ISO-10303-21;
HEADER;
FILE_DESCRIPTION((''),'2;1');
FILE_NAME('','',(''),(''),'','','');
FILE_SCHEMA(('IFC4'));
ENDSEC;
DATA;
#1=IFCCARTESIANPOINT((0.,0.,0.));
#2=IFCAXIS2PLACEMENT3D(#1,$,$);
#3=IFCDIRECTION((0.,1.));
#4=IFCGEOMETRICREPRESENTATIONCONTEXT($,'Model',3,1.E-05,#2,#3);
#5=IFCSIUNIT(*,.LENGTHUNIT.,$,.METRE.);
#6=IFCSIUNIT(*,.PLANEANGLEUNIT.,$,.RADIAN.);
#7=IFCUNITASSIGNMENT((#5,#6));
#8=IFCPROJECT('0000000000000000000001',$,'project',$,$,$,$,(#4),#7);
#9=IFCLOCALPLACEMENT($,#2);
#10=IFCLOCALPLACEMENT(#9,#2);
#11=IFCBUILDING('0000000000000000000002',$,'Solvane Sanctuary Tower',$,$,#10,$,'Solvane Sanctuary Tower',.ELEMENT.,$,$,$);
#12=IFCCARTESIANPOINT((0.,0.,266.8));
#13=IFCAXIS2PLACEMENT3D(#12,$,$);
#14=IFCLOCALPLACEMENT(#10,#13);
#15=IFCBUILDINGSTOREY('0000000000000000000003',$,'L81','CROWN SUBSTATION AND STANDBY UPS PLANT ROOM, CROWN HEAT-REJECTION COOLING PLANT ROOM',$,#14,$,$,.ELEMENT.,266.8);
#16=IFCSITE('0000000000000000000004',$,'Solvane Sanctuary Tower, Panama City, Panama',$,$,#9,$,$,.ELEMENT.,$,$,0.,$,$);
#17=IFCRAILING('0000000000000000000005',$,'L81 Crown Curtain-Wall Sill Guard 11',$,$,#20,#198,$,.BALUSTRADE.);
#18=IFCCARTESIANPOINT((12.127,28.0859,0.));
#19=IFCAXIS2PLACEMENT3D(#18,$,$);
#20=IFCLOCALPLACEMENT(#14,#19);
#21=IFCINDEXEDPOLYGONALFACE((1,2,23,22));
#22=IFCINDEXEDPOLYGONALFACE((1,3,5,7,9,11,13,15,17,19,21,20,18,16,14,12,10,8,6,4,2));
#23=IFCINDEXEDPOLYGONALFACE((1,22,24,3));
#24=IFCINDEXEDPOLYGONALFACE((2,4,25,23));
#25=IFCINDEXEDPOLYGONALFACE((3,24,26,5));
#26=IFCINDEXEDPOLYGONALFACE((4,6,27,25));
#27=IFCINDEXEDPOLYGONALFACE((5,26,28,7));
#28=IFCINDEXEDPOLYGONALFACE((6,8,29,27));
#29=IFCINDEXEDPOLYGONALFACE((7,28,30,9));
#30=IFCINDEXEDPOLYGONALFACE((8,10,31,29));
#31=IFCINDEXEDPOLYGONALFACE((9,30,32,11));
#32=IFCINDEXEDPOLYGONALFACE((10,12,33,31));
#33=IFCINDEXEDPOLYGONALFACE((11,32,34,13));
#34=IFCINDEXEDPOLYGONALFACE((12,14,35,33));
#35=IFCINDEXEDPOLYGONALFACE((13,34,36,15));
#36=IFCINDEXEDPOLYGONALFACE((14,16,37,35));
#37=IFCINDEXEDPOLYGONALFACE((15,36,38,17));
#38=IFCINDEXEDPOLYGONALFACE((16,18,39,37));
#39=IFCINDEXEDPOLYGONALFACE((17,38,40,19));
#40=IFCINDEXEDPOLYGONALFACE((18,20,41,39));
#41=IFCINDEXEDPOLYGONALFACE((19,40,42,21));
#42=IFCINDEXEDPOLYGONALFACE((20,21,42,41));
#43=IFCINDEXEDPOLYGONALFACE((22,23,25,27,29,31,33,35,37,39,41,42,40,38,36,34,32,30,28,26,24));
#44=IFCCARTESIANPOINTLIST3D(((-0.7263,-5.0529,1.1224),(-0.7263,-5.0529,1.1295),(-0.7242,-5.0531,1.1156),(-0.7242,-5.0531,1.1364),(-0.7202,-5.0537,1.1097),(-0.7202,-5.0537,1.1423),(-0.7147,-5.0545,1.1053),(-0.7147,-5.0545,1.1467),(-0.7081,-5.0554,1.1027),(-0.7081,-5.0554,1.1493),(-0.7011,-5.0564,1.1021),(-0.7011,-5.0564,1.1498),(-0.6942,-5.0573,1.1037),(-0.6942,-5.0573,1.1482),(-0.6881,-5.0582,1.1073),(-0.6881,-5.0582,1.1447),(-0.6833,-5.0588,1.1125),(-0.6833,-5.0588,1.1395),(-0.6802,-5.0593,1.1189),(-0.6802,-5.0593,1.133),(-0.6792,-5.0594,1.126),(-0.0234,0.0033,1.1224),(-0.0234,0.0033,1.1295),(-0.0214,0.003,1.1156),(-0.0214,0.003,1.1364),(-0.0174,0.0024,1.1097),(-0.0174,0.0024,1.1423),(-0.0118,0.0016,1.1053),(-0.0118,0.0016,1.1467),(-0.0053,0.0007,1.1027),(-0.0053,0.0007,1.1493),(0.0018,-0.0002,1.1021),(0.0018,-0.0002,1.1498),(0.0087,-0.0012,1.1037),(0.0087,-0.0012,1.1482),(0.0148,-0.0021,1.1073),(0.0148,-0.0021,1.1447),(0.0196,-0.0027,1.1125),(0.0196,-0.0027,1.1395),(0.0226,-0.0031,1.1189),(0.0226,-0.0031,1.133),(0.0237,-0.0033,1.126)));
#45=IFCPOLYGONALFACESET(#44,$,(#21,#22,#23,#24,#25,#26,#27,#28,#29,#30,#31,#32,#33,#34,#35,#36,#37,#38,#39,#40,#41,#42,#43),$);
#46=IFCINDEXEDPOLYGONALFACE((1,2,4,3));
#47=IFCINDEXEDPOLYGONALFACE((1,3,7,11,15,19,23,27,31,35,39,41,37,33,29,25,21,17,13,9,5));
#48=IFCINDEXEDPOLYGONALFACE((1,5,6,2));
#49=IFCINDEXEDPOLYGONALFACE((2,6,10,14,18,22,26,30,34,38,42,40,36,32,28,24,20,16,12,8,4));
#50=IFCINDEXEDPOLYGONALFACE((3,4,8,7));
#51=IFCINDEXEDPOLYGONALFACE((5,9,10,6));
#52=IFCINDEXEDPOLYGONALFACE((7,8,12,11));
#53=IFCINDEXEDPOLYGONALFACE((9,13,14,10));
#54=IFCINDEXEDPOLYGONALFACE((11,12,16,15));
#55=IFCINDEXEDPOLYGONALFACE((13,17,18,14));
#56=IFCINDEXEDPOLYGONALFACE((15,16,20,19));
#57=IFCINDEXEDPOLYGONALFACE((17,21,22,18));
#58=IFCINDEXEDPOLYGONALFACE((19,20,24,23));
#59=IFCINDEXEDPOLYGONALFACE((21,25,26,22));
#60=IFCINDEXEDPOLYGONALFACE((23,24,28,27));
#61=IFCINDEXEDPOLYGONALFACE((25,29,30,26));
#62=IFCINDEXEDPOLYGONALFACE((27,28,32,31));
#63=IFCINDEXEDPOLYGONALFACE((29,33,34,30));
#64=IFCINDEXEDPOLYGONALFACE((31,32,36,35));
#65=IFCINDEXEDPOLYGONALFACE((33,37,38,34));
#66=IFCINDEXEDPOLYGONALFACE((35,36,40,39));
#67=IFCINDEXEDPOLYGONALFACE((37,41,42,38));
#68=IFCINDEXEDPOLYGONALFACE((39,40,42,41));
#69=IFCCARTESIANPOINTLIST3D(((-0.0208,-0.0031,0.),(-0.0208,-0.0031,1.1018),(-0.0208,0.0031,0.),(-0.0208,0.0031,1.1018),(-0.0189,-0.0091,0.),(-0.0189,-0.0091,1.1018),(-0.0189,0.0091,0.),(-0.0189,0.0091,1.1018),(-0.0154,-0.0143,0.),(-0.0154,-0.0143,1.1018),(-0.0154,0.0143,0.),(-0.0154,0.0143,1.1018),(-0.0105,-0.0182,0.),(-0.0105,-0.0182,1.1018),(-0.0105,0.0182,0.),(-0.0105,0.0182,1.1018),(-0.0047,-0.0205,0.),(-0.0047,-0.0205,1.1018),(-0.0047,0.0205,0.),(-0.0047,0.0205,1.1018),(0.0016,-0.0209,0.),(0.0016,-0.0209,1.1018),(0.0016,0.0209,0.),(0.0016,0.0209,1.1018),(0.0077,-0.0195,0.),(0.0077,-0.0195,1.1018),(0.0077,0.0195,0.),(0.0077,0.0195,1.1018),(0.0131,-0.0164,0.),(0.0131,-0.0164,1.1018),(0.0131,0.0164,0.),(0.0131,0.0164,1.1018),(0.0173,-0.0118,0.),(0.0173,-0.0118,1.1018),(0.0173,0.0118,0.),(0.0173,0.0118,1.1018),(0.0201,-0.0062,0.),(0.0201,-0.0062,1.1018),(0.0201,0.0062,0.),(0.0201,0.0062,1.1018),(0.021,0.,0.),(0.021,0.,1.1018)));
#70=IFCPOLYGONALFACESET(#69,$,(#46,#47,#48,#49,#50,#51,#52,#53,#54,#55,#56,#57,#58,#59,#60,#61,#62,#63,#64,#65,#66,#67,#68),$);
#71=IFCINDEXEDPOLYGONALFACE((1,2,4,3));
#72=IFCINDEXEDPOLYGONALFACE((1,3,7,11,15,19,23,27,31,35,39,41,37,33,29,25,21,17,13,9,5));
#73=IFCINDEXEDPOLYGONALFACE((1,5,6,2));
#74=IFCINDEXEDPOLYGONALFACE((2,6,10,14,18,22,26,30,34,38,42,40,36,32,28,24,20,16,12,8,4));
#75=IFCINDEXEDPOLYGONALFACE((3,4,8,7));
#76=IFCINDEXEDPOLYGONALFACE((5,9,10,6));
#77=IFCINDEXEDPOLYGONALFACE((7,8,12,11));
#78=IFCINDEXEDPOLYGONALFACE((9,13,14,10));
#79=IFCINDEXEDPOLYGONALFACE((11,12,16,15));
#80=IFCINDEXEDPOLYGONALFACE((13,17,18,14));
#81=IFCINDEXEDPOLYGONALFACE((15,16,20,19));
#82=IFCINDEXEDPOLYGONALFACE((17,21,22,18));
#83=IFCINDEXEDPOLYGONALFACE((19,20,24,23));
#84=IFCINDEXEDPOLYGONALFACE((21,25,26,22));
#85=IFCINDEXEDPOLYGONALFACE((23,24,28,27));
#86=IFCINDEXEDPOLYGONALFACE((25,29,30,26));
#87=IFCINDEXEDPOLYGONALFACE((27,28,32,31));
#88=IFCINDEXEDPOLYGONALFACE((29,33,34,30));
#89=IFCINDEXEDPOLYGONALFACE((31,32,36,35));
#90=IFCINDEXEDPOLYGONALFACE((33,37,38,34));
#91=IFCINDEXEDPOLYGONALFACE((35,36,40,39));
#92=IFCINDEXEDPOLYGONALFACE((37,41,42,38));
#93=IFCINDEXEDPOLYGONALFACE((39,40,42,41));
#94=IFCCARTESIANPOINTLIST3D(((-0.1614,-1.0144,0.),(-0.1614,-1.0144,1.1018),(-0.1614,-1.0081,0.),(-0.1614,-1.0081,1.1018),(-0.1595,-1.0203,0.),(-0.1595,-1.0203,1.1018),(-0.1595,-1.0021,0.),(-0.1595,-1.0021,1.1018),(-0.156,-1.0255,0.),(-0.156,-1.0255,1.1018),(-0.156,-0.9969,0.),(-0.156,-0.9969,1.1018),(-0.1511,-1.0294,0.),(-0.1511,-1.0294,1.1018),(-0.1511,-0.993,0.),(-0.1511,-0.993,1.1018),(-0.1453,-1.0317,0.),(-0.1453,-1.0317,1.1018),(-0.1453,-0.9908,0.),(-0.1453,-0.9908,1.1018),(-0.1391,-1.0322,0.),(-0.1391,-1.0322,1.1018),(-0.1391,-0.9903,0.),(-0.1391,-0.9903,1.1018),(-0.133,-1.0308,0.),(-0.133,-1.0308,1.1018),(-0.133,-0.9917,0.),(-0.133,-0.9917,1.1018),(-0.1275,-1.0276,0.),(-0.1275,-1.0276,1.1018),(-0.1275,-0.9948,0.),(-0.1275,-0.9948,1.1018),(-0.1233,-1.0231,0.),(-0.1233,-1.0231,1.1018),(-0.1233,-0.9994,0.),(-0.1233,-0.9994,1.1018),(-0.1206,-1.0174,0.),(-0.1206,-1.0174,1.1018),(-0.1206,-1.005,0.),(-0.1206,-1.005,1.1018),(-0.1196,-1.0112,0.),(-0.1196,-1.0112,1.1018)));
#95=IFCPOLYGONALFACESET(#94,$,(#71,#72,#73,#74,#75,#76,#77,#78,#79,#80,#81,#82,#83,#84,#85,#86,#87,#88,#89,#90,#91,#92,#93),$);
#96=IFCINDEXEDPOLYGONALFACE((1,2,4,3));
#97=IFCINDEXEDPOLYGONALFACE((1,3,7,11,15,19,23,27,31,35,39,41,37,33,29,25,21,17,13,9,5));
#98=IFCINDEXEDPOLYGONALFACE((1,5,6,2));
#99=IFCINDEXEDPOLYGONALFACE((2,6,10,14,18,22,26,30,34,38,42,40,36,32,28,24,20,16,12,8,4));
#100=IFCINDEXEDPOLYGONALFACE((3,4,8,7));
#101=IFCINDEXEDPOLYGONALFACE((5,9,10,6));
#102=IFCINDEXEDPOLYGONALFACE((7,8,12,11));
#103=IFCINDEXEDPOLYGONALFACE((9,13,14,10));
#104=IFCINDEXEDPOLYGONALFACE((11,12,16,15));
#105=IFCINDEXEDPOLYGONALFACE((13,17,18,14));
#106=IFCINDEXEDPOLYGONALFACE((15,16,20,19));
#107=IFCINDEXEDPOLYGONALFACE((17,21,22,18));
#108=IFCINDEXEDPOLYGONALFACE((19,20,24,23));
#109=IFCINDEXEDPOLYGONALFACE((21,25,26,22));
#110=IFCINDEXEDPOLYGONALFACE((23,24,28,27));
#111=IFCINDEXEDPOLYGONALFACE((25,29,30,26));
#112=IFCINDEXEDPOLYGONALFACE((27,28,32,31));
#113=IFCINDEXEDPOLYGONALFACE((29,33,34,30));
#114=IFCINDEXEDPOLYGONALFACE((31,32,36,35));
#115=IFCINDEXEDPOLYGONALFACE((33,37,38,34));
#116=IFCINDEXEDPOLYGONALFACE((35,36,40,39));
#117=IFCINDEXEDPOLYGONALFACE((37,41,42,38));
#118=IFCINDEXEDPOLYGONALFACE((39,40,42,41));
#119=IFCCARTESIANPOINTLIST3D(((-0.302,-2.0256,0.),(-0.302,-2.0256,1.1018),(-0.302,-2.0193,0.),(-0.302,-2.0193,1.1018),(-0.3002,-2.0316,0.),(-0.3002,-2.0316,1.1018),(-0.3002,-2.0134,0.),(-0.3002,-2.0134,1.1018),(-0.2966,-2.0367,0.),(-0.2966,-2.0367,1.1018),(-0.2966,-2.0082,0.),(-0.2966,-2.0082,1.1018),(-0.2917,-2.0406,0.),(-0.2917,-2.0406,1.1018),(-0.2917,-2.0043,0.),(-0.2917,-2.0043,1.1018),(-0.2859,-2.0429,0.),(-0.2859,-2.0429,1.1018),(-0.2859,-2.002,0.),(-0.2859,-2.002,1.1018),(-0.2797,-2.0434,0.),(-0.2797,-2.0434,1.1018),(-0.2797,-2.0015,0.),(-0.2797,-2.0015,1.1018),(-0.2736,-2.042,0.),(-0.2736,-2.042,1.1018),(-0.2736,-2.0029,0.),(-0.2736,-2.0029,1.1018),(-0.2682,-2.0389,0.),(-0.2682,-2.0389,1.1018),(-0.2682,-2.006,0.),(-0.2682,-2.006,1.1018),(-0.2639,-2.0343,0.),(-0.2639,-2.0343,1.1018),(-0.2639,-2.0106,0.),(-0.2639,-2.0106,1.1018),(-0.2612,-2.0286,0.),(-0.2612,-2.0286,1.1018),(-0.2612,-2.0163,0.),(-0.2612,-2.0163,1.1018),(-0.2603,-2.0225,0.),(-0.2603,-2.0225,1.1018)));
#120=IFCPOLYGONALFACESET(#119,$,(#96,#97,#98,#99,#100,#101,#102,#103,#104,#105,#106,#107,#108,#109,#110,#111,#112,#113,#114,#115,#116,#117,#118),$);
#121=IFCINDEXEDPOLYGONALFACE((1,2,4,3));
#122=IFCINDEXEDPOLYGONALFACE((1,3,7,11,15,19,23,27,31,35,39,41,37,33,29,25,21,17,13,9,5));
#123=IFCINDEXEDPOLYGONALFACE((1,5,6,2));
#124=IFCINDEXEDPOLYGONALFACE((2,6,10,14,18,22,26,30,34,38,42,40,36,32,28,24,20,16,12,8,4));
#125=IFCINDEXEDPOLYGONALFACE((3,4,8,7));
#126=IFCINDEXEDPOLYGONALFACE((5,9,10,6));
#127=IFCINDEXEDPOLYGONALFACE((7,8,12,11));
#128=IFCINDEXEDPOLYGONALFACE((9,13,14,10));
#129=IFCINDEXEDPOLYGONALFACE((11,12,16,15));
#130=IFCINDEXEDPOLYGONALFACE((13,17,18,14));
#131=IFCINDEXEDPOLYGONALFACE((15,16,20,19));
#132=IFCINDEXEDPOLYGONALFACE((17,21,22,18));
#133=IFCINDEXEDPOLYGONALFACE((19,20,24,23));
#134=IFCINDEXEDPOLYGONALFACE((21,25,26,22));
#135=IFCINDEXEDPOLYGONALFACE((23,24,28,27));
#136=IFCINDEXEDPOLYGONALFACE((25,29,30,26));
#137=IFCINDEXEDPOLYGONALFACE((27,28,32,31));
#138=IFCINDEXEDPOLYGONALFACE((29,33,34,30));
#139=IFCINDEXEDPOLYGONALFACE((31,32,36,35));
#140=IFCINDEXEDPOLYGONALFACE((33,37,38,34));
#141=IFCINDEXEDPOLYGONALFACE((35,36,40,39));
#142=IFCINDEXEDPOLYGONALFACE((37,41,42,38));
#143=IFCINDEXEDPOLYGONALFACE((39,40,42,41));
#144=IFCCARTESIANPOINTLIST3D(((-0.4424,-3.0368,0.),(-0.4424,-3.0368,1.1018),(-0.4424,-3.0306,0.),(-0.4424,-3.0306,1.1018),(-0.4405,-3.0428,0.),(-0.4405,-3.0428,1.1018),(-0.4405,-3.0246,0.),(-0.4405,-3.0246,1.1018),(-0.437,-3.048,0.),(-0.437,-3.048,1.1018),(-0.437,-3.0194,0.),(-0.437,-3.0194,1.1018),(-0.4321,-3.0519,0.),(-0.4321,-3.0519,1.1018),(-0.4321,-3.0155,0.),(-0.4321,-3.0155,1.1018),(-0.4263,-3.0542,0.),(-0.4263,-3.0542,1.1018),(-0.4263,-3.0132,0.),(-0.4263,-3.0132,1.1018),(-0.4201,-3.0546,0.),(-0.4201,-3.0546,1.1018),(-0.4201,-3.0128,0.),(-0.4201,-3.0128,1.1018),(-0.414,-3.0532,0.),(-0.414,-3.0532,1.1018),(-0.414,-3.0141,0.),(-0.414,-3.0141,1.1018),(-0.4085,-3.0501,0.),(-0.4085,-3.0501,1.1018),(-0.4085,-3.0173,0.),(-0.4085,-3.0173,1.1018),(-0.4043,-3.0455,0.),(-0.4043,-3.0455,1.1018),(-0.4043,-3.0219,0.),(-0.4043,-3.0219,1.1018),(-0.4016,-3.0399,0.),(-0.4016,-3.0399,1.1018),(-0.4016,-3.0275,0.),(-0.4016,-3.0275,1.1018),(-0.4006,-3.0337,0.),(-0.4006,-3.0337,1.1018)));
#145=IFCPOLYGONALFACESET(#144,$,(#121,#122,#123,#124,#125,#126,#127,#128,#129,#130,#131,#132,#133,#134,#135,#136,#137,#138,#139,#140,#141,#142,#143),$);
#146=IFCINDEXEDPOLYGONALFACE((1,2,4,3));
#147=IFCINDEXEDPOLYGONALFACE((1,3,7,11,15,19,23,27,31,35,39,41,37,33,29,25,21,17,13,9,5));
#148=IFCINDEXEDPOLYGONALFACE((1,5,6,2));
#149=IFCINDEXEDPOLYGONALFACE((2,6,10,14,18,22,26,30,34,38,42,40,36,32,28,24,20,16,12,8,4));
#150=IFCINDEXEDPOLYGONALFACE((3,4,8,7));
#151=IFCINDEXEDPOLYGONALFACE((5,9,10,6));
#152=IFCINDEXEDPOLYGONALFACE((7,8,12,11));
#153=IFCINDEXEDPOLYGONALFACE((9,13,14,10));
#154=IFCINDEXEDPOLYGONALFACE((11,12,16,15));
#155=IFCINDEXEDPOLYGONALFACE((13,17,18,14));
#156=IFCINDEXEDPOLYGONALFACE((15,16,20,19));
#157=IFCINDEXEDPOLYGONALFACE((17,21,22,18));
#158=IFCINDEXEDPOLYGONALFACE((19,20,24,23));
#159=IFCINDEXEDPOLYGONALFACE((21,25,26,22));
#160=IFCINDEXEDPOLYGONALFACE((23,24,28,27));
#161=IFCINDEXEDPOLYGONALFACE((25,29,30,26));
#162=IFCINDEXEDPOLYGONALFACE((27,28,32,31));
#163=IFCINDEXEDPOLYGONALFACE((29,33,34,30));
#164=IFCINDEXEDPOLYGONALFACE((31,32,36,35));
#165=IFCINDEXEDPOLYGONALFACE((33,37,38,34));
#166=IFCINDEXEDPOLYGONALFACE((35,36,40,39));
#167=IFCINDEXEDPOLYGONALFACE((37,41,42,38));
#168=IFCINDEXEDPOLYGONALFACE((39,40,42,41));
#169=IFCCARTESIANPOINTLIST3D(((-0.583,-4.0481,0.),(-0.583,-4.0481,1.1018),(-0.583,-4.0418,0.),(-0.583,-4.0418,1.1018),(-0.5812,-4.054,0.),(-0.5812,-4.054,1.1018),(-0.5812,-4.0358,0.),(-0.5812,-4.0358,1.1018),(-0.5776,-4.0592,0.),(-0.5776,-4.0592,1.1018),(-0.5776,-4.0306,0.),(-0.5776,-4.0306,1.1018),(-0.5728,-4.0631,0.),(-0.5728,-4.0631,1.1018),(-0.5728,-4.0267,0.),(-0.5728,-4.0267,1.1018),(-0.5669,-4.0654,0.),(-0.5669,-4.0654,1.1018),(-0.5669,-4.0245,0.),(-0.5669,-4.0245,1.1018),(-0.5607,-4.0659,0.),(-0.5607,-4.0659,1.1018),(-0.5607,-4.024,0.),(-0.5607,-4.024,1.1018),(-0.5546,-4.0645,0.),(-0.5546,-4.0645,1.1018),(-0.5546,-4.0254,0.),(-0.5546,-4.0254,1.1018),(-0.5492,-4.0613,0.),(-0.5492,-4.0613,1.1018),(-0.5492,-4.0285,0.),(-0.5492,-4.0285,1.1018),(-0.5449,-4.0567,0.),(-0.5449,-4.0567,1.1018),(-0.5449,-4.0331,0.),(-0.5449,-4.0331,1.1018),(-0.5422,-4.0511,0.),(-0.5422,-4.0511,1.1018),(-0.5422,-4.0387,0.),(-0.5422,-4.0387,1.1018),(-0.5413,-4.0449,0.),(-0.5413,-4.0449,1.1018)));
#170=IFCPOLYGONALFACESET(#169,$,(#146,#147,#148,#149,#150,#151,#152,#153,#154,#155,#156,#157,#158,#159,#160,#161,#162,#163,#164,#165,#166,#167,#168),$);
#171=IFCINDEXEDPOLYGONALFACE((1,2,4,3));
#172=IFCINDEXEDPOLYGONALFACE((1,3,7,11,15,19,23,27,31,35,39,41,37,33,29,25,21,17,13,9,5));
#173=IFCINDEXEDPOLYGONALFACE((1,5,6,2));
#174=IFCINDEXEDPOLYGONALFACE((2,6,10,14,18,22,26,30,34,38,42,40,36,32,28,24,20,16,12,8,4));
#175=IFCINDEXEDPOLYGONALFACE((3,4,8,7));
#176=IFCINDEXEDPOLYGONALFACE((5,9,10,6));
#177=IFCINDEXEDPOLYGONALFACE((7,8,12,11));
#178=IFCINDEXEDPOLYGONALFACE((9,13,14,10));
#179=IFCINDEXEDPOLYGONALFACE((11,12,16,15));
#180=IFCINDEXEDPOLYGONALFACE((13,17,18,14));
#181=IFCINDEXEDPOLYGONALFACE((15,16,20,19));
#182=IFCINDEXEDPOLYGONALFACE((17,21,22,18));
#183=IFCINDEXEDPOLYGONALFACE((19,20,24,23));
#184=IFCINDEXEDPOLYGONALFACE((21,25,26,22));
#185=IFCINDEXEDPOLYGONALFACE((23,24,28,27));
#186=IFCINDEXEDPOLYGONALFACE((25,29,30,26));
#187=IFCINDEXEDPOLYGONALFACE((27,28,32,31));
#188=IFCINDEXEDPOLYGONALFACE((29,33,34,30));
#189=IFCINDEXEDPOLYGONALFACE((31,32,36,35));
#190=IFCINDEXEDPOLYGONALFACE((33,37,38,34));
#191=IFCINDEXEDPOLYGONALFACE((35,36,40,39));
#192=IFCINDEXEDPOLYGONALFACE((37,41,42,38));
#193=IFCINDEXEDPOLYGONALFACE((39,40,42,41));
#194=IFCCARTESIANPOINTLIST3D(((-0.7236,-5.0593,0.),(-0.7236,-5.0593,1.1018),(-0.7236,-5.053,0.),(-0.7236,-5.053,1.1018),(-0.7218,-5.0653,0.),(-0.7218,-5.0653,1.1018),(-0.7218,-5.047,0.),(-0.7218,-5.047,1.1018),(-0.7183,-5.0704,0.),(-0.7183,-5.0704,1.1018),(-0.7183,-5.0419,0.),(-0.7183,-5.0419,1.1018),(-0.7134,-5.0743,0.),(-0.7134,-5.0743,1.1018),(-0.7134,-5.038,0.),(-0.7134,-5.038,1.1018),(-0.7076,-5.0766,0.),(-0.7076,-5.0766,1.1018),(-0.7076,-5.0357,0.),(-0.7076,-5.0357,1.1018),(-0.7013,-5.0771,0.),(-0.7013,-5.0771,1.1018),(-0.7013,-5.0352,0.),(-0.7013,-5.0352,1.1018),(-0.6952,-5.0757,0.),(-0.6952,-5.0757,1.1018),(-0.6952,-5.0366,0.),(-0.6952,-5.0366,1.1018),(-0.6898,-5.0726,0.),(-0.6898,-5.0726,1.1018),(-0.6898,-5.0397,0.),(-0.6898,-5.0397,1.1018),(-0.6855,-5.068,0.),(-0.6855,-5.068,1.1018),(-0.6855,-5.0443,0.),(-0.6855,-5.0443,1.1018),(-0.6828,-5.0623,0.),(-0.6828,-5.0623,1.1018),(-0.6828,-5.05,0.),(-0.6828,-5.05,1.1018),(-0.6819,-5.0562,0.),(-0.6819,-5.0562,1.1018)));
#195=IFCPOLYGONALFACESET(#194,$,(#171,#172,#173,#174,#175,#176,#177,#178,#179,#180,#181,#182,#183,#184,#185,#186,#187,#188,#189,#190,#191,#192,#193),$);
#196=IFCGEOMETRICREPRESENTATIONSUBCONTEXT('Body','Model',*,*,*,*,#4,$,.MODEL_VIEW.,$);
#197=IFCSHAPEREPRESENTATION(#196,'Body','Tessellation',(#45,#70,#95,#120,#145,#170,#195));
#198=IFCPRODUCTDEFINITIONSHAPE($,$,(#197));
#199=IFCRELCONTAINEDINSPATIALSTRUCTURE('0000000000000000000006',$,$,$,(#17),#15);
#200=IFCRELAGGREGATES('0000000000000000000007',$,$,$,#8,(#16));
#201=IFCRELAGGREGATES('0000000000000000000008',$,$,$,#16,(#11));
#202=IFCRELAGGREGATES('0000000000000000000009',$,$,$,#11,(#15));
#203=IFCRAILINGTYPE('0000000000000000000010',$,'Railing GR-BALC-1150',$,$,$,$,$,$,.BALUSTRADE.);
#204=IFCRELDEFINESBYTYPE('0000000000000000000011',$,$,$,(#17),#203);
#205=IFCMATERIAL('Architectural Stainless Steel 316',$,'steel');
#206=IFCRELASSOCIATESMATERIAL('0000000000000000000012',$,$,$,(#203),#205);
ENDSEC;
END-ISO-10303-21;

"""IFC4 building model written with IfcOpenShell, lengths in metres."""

from ifc_helpers import new_model, si_unit, direction, frame, origin, origin_2d, place, context, subcontext, project, spatial, circle, extrude, material, type_object, element, save


model = new_model("IFC4")

# Units and contexts
model_context = context("Model", 3, precision=1e-05, world=origin(), true_north=direction((0.0, 1.0)))
body_context = subcontext(model_context, "Body", "Model", "MODEL_VIEW")
ifc_project = project(units=[si_unit("LENGTHUNIT", "METRE"), si_unit("PLANEANGLEUNIT", "RADIAN")], contexts=[model_context])

# Site, building, storey
site_placement = place(None, origin())
site = spatial("IfcSite", under=ifc_project, at=site_placement, Name="Solvane Sanctuary Tower, Panama City, Panama", CompositionType="ELEMENT", RefElevation=0.0)
building_placement = place(site_placement, origin())
building = spatial("IfcBuilding", under=site, at=building_placement, Name="Solvane Sanctuary Tower", LongName="Solvane Sanctuary Tower", CompositionType="ELEMENT")
storey_placement = place(building_placement, frame((0.0, 0.0, 266.8)))
storey = spatial("IfcBuildingStorey", under=building, at=storey_placement, Name="L81", Description="CROWN SUBSTATION AND STANDBY UPS PLANT ROOM, CROWN HEAT-REJECTION COOLING PLANT ROOM", CompositionType="ELEMENT", Elevation=266.8)

# Shared definitions
ifc_material_1 = material(Name="Architectural Stainless Steel 316", Category="steel")

# Railing
railing_type_1 = type_object("IfcRailingType", Name="Railing GR-BALC-1150", PredefinedType="BALUSTRADE", material=ifc_material_1)
railing_1_placement = place(storey_placement, frame((12.127, 28.0859, 0.0)))
element("IfcRailing", 1, at=railing_1_placement, inside=storey, type_object=railing_type_1, Name="L81 Crown Curtain-Wall Sill Guard 11", PredefinedType="BALUSTRADE", context=body_context, shape_type="SweptSolid", body=[
    extrude(circle(Radius=0.0239, at=origin_2d()), frame((0.0, 0.0, 1.126), z_axis=(-0.137691, -0.990475, 0.0), x_axis=(0.990475, -0.137691, 0.0)), (0.0, 0.0, 1.0), 5.1047),
    extrude(circle(Radius=0.021, at=origin_2d()), origin(), (0.0, 0.0, 1.0), 1.1018),
    extrude(circle(Radius=0.021, at=origin_2d()), frame((-0.1406, -1.0112, 0.0)), (0.0, 0.0, 1.0), 1.1018),
    extrude(circle(Radius=0.021, at=origin_2d()), frame((-0.2812, -2.0225, 0.0)), (0.0, 0.0, 1.0), 1.1018),
    extrude(circle(Radius=0.021, at=origin_2d()), frame((-0.4216, -3.0337, 0.0)), (0.0, 0.0, 1.0), 1.1018),
    extrude(circle(Radius=0.021, at=origin_2d()), frame((-0.5623, -4.0449, 0.0)), (0.0, 0.0, 1.0), 1.1018),
    extrude(circle(Radius=0.021, at=origin_2d()), frame((-0.7029, -5.0562, 0.0)), (0.0, 0.0, 1.0), 1.1018),
])

save(model, "model.ifc")
